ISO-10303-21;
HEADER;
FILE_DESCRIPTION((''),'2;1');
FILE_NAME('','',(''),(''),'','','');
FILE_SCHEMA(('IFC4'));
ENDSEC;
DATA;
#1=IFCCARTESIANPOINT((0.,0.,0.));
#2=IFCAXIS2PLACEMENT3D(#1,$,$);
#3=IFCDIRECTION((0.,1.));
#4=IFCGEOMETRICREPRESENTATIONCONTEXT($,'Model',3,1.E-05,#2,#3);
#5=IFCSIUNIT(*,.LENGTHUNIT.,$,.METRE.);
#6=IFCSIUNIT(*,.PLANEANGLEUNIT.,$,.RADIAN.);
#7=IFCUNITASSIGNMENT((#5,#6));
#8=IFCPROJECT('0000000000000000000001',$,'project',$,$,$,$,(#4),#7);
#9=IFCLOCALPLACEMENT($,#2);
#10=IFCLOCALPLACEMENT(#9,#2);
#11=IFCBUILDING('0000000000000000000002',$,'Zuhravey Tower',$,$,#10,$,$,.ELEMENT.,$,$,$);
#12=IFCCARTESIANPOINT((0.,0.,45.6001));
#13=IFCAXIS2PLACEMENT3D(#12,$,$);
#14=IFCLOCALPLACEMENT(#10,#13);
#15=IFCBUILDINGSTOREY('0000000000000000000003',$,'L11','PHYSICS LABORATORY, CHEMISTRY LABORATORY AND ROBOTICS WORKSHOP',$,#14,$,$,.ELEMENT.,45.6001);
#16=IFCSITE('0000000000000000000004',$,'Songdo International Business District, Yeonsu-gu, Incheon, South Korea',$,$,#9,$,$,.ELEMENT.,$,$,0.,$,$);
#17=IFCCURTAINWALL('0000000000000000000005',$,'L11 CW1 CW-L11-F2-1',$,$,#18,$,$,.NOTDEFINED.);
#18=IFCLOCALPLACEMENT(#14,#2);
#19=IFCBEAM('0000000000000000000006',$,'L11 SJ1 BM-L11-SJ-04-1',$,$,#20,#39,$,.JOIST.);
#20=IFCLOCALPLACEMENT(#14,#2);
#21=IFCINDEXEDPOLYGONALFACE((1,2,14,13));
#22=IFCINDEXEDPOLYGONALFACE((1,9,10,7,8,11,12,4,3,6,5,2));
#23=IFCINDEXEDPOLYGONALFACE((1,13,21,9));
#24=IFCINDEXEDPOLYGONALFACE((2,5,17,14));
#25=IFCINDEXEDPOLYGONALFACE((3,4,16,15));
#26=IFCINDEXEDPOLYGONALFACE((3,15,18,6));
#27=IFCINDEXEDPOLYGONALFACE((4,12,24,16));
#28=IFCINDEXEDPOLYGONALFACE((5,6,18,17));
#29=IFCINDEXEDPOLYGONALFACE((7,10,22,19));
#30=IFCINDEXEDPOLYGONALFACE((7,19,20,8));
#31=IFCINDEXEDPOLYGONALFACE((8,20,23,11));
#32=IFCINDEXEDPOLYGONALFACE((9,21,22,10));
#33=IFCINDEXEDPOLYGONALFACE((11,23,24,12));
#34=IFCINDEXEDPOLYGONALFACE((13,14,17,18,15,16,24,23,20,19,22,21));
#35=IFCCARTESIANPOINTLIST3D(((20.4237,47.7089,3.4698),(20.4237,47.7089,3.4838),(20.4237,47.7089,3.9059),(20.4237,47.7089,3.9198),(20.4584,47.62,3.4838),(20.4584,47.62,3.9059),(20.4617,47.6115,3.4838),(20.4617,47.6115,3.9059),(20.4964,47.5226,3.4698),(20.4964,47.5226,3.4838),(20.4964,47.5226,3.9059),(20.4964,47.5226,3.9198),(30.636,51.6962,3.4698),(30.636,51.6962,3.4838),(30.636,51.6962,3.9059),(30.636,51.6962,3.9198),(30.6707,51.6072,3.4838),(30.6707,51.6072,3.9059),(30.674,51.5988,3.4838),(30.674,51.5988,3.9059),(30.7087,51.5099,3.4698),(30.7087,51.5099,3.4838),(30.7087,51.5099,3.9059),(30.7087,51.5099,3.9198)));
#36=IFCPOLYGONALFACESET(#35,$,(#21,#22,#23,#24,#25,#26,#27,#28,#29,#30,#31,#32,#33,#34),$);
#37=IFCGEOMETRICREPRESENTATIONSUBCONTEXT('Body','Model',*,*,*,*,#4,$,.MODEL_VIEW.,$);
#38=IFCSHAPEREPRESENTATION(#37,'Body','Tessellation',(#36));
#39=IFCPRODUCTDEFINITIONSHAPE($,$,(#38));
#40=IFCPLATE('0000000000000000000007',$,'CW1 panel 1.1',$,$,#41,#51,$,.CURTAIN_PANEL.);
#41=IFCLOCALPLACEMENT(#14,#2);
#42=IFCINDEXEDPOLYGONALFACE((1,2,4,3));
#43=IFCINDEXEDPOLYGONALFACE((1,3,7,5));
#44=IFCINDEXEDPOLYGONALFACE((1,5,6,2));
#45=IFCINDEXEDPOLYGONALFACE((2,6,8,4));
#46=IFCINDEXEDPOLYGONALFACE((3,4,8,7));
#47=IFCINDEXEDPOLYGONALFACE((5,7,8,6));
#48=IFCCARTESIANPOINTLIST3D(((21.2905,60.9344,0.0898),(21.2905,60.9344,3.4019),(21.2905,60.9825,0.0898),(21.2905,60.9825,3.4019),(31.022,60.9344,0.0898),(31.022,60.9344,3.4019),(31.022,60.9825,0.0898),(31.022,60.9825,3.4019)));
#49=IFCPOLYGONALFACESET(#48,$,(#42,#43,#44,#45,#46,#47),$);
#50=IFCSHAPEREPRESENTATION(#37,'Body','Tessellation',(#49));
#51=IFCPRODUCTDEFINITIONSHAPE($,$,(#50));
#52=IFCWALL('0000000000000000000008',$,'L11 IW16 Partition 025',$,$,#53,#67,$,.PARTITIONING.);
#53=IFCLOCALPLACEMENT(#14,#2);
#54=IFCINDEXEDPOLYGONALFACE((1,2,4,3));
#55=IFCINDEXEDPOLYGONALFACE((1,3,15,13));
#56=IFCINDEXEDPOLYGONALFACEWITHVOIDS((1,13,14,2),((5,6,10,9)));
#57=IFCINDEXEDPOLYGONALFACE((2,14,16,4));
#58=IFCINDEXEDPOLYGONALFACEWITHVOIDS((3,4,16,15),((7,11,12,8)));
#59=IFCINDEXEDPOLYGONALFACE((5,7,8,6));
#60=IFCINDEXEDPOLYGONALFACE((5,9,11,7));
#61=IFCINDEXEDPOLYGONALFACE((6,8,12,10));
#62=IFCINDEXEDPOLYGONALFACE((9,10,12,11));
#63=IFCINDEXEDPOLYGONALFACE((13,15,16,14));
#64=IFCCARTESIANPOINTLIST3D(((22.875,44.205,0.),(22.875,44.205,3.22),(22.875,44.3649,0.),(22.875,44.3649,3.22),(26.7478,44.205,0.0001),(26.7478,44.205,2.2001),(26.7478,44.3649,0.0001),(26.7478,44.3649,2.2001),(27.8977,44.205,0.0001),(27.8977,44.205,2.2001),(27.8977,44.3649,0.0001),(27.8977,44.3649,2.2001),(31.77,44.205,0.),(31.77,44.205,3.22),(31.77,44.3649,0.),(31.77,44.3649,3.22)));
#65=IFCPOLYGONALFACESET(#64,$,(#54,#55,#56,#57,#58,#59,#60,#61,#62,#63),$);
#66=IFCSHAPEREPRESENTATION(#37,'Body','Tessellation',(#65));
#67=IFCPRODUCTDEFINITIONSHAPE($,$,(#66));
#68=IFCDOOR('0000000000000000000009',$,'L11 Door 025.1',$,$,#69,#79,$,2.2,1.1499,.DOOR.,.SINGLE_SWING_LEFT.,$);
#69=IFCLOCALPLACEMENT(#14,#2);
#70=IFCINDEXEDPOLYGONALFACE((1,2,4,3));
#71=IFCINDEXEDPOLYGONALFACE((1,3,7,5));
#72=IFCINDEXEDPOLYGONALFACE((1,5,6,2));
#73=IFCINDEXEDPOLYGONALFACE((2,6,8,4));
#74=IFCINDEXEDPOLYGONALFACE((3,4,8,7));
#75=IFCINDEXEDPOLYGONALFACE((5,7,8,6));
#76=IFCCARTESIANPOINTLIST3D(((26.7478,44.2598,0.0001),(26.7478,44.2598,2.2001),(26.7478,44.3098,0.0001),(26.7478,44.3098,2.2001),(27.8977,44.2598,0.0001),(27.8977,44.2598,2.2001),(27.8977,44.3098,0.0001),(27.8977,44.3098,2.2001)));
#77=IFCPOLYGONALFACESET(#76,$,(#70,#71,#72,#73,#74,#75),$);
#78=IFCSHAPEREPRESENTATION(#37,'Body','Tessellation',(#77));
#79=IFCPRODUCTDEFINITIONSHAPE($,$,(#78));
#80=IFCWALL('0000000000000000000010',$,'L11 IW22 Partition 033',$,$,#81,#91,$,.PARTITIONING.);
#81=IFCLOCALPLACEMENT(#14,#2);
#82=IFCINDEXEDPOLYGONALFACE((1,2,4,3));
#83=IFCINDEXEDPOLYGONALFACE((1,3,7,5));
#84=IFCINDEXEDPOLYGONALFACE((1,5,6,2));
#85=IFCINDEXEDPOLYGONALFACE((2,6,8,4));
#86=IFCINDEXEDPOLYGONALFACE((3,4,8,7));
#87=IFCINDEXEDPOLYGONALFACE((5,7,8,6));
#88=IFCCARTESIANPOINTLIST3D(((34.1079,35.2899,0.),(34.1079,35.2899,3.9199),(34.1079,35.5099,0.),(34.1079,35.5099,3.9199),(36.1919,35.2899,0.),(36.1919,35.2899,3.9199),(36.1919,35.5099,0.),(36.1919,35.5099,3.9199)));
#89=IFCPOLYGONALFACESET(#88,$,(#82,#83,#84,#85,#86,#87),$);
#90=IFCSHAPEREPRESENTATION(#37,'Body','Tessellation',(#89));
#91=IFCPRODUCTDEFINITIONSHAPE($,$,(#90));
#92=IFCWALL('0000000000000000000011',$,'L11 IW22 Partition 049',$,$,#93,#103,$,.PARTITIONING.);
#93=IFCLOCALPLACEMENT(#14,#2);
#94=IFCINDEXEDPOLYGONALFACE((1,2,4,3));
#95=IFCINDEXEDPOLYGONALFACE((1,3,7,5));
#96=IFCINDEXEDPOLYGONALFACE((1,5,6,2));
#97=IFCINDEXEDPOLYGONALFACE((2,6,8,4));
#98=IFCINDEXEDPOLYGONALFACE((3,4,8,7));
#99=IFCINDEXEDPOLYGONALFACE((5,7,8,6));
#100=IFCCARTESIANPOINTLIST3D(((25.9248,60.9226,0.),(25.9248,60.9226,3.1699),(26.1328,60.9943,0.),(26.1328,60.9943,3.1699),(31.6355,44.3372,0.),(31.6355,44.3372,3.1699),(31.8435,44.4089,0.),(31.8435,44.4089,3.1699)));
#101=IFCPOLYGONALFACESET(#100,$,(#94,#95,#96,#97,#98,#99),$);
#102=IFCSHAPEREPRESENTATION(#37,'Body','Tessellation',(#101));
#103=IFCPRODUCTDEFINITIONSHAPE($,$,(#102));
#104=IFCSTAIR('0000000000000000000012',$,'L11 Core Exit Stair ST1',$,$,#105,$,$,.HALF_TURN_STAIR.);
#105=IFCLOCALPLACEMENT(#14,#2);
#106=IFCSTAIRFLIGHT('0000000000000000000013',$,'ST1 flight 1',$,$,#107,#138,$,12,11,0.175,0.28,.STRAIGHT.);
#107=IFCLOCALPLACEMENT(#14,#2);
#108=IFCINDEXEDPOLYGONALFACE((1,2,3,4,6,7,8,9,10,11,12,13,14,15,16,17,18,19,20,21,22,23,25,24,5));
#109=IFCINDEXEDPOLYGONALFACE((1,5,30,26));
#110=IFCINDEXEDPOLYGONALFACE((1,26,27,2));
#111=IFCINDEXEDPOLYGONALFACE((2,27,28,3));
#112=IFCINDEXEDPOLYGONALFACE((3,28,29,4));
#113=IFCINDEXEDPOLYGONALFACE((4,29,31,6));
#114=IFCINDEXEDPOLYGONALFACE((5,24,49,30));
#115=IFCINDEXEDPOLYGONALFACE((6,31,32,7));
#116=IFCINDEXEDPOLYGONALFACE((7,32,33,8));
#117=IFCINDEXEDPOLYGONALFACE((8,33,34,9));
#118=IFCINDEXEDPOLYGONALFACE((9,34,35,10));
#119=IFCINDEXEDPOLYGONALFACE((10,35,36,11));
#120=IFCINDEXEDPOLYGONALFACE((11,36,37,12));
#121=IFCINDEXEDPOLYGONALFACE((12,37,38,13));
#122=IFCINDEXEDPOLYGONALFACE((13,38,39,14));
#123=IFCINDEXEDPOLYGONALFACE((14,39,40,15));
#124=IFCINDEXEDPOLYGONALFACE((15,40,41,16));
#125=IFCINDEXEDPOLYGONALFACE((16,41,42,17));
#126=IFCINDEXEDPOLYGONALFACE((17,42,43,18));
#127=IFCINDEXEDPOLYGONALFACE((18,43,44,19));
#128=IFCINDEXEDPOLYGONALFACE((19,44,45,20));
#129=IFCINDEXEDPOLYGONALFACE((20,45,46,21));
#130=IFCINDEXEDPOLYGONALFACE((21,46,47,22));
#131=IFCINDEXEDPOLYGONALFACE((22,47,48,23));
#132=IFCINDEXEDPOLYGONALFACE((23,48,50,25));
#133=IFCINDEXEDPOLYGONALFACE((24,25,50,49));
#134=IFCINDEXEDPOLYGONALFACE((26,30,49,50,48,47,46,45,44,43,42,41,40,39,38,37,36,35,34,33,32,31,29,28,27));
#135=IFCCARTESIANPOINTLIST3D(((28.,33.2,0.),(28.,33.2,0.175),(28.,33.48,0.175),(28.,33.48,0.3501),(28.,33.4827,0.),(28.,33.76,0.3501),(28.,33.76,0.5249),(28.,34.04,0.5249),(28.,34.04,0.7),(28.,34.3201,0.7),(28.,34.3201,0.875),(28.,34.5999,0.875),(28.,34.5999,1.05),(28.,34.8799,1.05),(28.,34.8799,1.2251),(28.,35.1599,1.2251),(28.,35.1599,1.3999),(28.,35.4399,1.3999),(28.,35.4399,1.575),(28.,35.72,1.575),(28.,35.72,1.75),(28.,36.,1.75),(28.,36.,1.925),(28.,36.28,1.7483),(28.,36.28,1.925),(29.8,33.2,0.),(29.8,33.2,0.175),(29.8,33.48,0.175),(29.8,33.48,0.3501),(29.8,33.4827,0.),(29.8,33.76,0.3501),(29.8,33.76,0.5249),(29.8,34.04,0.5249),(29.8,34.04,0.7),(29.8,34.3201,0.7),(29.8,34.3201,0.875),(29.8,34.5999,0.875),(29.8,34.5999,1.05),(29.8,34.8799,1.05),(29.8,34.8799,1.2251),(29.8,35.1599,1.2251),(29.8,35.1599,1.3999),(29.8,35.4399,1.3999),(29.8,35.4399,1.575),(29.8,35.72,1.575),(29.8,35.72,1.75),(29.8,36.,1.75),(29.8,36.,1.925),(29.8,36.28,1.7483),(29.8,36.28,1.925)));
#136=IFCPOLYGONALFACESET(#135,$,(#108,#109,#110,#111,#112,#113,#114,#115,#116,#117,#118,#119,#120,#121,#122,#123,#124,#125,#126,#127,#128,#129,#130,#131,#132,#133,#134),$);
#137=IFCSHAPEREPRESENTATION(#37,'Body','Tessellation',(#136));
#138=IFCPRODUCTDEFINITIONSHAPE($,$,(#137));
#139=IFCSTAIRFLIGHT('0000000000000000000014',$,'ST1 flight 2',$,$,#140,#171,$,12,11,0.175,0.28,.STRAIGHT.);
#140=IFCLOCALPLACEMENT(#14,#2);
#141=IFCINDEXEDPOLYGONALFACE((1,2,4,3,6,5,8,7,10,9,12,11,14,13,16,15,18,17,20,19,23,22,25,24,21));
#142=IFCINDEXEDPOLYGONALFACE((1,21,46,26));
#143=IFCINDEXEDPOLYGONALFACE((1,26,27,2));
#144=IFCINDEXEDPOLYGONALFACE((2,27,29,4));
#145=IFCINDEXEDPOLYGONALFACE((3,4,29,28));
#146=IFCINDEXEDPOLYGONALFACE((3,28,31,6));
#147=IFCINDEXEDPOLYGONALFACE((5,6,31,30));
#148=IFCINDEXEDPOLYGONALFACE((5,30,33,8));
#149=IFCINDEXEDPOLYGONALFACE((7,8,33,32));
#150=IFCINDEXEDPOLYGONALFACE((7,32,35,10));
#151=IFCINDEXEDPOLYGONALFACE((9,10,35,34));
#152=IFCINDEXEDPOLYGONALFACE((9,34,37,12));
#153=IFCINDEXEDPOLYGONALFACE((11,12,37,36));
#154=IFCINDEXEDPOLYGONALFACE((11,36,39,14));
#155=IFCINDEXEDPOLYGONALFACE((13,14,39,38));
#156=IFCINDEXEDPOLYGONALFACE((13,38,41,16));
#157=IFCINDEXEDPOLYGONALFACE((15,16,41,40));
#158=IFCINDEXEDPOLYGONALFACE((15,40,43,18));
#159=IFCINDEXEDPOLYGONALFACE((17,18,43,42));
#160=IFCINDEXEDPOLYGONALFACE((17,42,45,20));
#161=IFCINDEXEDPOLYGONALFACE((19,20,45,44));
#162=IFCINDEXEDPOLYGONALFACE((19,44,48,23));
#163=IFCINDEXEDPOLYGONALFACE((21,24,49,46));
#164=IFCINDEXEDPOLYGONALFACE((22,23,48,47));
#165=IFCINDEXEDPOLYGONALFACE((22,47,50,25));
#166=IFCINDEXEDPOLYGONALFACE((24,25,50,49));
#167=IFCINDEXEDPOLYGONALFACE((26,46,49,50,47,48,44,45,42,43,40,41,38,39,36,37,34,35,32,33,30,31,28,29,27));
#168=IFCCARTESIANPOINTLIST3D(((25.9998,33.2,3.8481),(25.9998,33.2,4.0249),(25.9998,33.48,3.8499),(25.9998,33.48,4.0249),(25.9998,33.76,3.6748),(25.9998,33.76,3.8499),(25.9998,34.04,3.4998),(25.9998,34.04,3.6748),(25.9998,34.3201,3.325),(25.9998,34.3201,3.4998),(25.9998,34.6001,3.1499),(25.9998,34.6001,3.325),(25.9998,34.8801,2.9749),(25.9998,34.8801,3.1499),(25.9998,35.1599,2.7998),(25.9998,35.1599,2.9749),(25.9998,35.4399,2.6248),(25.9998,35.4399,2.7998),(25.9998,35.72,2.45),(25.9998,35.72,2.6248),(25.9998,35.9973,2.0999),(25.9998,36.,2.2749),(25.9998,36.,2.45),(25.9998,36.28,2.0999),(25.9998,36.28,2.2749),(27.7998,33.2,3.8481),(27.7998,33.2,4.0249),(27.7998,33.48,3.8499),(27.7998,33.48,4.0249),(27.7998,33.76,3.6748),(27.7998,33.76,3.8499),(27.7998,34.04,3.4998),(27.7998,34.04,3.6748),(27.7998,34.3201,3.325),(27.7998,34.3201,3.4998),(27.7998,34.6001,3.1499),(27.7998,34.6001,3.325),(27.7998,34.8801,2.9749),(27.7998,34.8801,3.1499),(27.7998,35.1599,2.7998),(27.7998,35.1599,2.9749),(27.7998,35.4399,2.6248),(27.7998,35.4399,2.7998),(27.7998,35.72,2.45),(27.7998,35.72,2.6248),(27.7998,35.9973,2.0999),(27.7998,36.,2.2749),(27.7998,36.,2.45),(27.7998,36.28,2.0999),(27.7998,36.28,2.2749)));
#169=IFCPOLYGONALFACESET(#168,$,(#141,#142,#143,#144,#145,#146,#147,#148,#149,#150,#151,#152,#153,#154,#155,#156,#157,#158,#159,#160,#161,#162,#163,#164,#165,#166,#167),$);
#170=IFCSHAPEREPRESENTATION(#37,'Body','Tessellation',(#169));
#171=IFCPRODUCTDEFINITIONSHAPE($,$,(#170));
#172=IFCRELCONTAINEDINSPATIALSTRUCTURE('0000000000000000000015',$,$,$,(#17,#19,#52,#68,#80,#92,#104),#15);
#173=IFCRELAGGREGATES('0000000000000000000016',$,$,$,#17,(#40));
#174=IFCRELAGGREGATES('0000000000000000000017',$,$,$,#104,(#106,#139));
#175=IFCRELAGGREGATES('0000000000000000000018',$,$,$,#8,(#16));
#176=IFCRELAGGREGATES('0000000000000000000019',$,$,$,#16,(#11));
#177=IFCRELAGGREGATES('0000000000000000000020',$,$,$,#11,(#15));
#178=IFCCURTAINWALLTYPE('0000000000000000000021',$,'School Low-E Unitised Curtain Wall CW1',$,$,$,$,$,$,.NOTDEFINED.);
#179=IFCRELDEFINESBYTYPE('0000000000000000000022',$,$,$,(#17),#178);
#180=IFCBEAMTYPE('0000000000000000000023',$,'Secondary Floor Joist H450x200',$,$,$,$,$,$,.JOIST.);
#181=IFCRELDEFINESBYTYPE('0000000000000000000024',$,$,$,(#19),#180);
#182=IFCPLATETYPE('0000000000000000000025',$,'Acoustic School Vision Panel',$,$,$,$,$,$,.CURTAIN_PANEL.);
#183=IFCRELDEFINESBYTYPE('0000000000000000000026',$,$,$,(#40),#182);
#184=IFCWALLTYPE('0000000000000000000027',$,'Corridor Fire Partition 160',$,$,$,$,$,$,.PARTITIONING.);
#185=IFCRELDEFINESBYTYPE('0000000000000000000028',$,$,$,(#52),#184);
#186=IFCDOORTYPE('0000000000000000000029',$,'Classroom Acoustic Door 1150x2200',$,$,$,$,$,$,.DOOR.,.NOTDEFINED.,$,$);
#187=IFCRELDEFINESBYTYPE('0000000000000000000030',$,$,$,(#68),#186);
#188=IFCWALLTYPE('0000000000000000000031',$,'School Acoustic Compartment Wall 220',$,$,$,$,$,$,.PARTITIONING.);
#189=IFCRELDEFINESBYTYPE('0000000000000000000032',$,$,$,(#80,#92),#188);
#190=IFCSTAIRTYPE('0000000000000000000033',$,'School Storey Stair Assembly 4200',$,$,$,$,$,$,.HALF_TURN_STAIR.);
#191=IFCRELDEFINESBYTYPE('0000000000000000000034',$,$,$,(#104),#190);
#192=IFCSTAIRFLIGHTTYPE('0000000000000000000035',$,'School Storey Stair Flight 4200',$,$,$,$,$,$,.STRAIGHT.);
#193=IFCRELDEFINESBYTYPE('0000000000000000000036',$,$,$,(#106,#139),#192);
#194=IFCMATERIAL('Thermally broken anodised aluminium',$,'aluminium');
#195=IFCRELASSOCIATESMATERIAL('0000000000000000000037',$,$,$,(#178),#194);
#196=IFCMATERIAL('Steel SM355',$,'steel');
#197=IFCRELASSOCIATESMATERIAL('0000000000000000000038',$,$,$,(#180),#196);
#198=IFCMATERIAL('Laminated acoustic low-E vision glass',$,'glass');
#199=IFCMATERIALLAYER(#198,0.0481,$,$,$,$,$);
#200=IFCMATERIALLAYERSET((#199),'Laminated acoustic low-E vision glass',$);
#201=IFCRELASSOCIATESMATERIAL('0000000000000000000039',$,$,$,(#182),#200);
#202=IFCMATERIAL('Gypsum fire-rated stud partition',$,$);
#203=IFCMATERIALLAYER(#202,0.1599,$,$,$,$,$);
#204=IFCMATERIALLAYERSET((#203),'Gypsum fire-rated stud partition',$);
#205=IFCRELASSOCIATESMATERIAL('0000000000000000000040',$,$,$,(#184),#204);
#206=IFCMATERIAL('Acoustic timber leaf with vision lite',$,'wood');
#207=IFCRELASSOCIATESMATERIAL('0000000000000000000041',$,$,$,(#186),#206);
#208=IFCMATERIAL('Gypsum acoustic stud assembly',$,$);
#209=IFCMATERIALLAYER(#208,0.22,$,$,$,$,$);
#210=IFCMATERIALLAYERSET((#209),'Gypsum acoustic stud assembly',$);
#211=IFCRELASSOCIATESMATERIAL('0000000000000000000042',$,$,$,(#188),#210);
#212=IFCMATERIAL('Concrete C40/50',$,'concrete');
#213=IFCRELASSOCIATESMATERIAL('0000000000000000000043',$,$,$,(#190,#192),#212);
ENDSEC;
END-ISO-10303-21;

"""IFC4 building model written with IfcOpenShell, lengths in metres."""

from ifc_helpers import new_model, si_unit, direction, frame, frame_2d, origin, origin_2d, place, context, subcontext, project, spatial, polyline, rectangle, i_section, outline, extrude, material, layer, layer_set, material_profile, profile_set, type_object, element, fill, aggregate, save


model = new_model("IFC4")

# Units and contexts
model_context = context("Model", 3, precision=1e-05, world=origin(), true_north=direction((0.0, 1.0)))
body_context = subcontext(model_context, "Body", "Model", "MODEL_VIEW")
ifc_project = project(units=[si_unit("LENGTHUNIT", "METRE"), si_unit("PLANEANGLEUNIT", "RADIAN")], contexts=[model_context])

# Site, building, storey
site_placement = place(None, origin())
site = spatial("IfcSite", under=ifc_project, at=site_placement, Name="Songdo International Business District, Yeonsu-gu, Incheon, South Korea", CompositionType="ELEMENT", RefElevation=0.0)
building_placement = place(site_placement, origin())
building = spatial("IfcBuilding", under=site, at=building_placement, Name="Zuhravey Tower", CompositionType="ELEMENT")
storey_placement = place(building_placement, frame((0.0, 0.0, 45.6001)))
storey = spatial("IfcBuildingStorey", under=building, at=storey_placement, Name="L11", Description="PHYSICS LABORATORY, CHEMISTRY LABORATORY AND ROBOTICS WORKSHOP", CompositionType="ELEMENT", Elevation=45.6001)

# Curtain wall
ifc_material_1 = material(Name="Thermally broken anodised aluminium", Category="aluminium")
curtain_wall_type = type_object("IfcCurtainWallType", Name="School Low-E Unitised Curtain Wall CW1", PredefinedType="NOTDEFINED", material=ifc_material_1)
curtain_wall_placement = place(storey_placement, origin())
curtain_wall = element("IfcCurtainWall", 1, at=curtain_wall_placement, inside=storey, type_object=curtain_wall_type, Name="L11 CW1 CW-L11-F2-1", PredefinedType="NOTDEFINED")

# Beam
ifc_material_2 = material(Name="Steel SM355", Category="steel")
ifc_material_profile_1 = material_profile(ifc_material_2, i_section(OverallWidth=0.2, OverallDepth=0.45, WebThickness=0.009, FlangeThickness=0.0139, at=origin_2d()), Name="H-450x200x9x14")
ifc_profile_set_1 = profile_set([ifc_material_profile_1], Name="Steel SM355")
beam_type_1 = type_object("IfcBeamType", Name="Secondary Floor Joist H450x200", PredefinedType="JOIST", material=ifc_profile_set_1)
beam_1_placement = place(storey_placement, frame((30.6724, 51.603, 3.6948), z_axis=(-0.931517, -0.363699, 0.0), x_axis=(0.363699, -0.931517, 0.0)))
element("IfcBeam", 2, at=beam_1_placement, inside=storey, type_object=beam_type_1, Name="L11 SJ1 BM-L11-SJ-04-1", PredefinedType="JOIST", context=body_context, shape_type="SweptSolid", body=[
    extrude(i_section(OverallWidth=0.2, OverallDepth=0.45, WebThickness=0.009, FlangeThickness=0.0139, at=origin_2d()), origin(), (0.0, 0.0, 1.0), 10.9631),
])

# Plate
ifc_material_3 = material(Name="Laminated acoustic low-E vision glass", Category="glass")
ifc_layer_1 = layer(ifc_material_3, 0.0481)
ifc_layer_set_1 = layer_set([ifc_layer_1], Name="Laminated acoustic low-E vision glass")
plate_type = type_object("IfcPlateType", Name="Acoustic School Vision Panel", PredefinedType="CURTAIN_PANEL", material=ifc_layer_set_1)
plate_placement = place(storey_placement, frame((26.1562, 60.9585, 0.0898), z_axis=(0.0, 0.0, 1.0), x_axis=(1.0, 0.0, 0.0)))
plate = element("IfcPlate", 3, at=plate_placement, type_object=plate_type, Name="CW1 panel 1.1", PredefinedType="CURTAIN_PANEL", context=body_context, shape_type="SweptSolid", body=[
    extrude(rectangle(XDim=9.7314, YDim=0.0481, at=origin_2d()), origin(), (0.0, 0.0, 1.0), 3.312),
])
aggregate(curtain_wall, [plate])

# Wall, opening, door
ifc_material_4 = material(Name="Gypsum fire-rated stud partition")
ifc_layer_2 = layer(ifc_material_4, 0.1599)
ifc_layer_set_2 = layer_set([ifc_layer_2], Name="Gypsum fire-rated stud partition")
wall_type_1 = type_object("IfcWallType", Name="Corridor Fire Partition 160", PredefinedType="PARTITIONING", material=ifc_layer_set_2)
wall_1_placement = place(storey_placement, frame((31.77, 44.2849, 0.0), z_axis=(0.0, 0.0, 1.0), x_axis=(-1.0, 0.0, 0.0)))
wall_1 = element("IfcWall", 4, at=wall_1_placement, inside=storey, type_object=wall_type_1, Name="L11 IW16 Partition 025", PredefinedType="PARTITIONING", context=body_context, shape_type="SweptSolid", body=[
    extrude(rectangle(XDim=8.895, YDim=0.1599, at=frame_2d((4.4475, 0.0))), origin(), (0.0, 0.0, 1.0), 3.22),
])
opening_placement = place(wall_1_placement, frame((3.8723, 0.0, 0.0)))
opening = element("IfcOpeningElement", 5, at=opening_placement, cuts=wall_1, PredefinedType="OPENING", context=body_context, shape_type="SweptSolid", body=[
    extrude(rectangle(XDim=1.1499, YDim=2.2, at=frame_2d((0.575, 1.1001))), frame((0.0, 0.092, 0.0), z_axis=(0.0, -1.0, 0.0), x_axis=(1.0, 0.0, 0.0)), (0.0, 0.0, 1.0), 0.1838),
])
ifc_material_5 = material(Name="Acoustic timber leaf with vision lite", Category="wood")
door_type = type_object("IfcDoorType", Name="Classroom Acoustic Door 1150x2200", OperationType="NOTDEFINED", PredefinedType="DOOR", material=ifc_material_5)
door_placement = place(opening_placement, frame((1.1499, 0.0, 0.0), z_axis=(0.0, 0.0, 1.0), x_axis=(-1.0, 0.0, 0.0)))
door = element("IfcDoor", 6, at=door_placement, inside=storey, type_object=door_type, Name="L11 Door 025.1", OperationType="SINGLE_SWING_LEFT", OverallHeight=2.2, OverallWidth=1.1499, PredefinedType="DOOR", context=body_context, shape_type="SweptSolid", body=[
    extrude(rectangle(XDim=1.1499, YDim=2.2, at=frame_2d((0.575, 1.1001))), frame((0.0, 0.0249, 0.0), z_axis=(0.0, -1.0, 0.0), x_axis=(1.0, 0.0, 0.0)), (0.0, 0.0, 1.0), 0.05),
])
fill(opening, door)

# Walls
ifc_material_6 = material(Name="Gypsum acoustic stud assembly")
ifc_layer_3 = layer(ifc_material_6, 0.22)
ifc_layer_set_3 = layer_set([ifc_layer_3], Name="Gypsum acoustic stud assembly")
wall_type_2 = type_object("IfcWallType", Name="School Acoustic Compartment Wall 220", PredefinedType="PARTITIONING", material=ifc_layer_set_3)
wall_2_placement = place(storey_placement, frame((34.1079, 35.3999, 0.0), z_axis=(0.0, 0.0, 1.0), x_axis=(1.0, 0.0, 0.0)))
element("IfcWall", 7, at=wall_2_placement, inside=storey, type_object=wall_type_2, Name="L11 IW22 Partition 033", PredefinedType="PARTITIONING", context=body_context, shape_type="SweptSolid", body=[
    extrude(rectangle(XDim=2.084, YDim=0.22, at=frame_2d((1.042, 0.0))), origin(), (0.0, 0.0, 1.0), 3.9199),
])
wall_3_placement = place(storey_placement, frame((31.7395, 44.373, 0.0), z_axis=(0.0, 0.0, 1.0), x_axis=(-0.325561, 0.945521, 0.0)))
element("IfcWall", 8, at=wall_3_placement, inside=storey, type_object=wall_type_2, Name="L11 IW22 Partition 049", PredefinedType="PARTITIONING", context=body_context, shape_type="SweptSolid", body=[
    extrude(rectangle(XDim=17.541, YDim=0.22, at=frame_2d((8.7705, 0.0))), origin(), (0.0, 0.0, 1.0), 3.1699),
])

# Stair, stair flights
ifc_material_7 = material(Name="Concrete C40/50", Category="concrete")
stair_type = type_object("IfcStairType", Name="School Storey Stair Assembly 4200", PredefinedType="HALF_TURN_STAIR", material=ifc_material_7)
stair_1_placement = place(storey_placement, origin())
stair_1 = element("IfcStair", 9, at=stair_1_placement, inside=storey, type_object=stair_type, Name="L11 Core Exit Stair ST1", PredefinedType="HALF_TURN_STAIR")
stair_flight_type = type_object("IfcStairFlightType", Name="School Storey Stair Flight 4200", PredefinedType="STRAIGHT", material=ifc_material_7)
stair_flight_1_placement = place(storey_placement, frame((28.8999, 33.2, 0.0), z_axis=(0.0, 0.0, 1.0), x_axis=(0.0, 1.0, 0.0)))
stair_flight_1 = element("IfcStairFlight", 10, at=stair_flight_1_placement, type_object=stair_flight_type, Name="ST1 flight 1", NumberOfRisers=12, NumberOfTreads=11, PredefinedType="STRAIGHT", RiserHeight=0.175, TreadLength=0.28, context=body_context, shape_type="SweptSolid", body=[
    extrude(outline(polyline([(0.0, 0.0), (0.0, 0.175), (0.28, 0.175), (0.28, 0.3501), (0.5601, 0.3501), (0.5601, 0.5249), (0.8401, 0.5249), (0.8401, 0.7), (1.1201, 0.7), (1.1201, 0.875), (1.3999, 0.875), (1.3999, 1.05), (1.6799, 1.05), (1.6799, 1.2251), (1.96, 1.2251), (1.96, 1.3999), (2.24, 1.3999), (2.24, 1.575), (2.52, 1.575), (2.52, 1.75), (2.8, 1.75), (2.8, 1.925), (3.0801, 1.925), (3.0801, 2.1001), (3.0801, 1.7483), (0.2827, 0.0), (0.0, 0.0)])), frame((0.0, 0.8999, 0.0), z_axis=(0.0, -1.0, 0.0), x_axis=(1.0, 0.0, 0.0)), (0.0, 0.0, 1.0), 1.8),
])
stair_flight_2_placement = place(storey_placement, frame((26.8999, 36.28, 2.0999), z_axis=(0.0, 0.0, 1.0), x_axis=(0.0, -1.0, 0.0)))
stair_flight_2 = element("IfcStairFlight", 11, at=stair_flight_2_placement, type_object=stair_flight_type, Name="ST1 flight 2", NumberOfRisers=12, NumberOfTreads=11, PredefinedType="STRAIGHT", RiserHeight=0.175, TreadLength=0.28, context=body_context, shape_type="SweptSolid", body=[
    extrude(outline(polyline([(0.0, 0.0), (0.0, 0.175), (0.28, 0.175), (0.28, 0.3501), (0.5601, 0.3501), (0.5601, 0.5249), (0.8401, 0.5249), (0.8401, 0.7), (1.1201, 0.7), (1.1201, 0.875), (1.3999, 0.875), (1.3999, 1.05), (1.6799, 1.05), (1.6799, 1.2251), (1.96, 1.2251), (1.96, 1.3999), (2.24, 1.3999), (2.24, 1.575), (2.52, 1.575), (2.52, 1.75), (2.8, 1.75), (2.8, 1.925), (3.0801, 1.925), (3.0801, 2.1001), (3.0801, 1.7483), (0.2827, 0.0), (0.0, 0.0)])), frame((0.0, 0.8999, 0.0), z_axis=(0.0, -1.0, 0.0), x_axis=(1.0, 0.0, 0.0)), (0.0, 0.0, 1.0), 1.8),
])
aggregate(stair_1, [stair_flight_1, stair_flight_2])

save(model, "model.ifc")
